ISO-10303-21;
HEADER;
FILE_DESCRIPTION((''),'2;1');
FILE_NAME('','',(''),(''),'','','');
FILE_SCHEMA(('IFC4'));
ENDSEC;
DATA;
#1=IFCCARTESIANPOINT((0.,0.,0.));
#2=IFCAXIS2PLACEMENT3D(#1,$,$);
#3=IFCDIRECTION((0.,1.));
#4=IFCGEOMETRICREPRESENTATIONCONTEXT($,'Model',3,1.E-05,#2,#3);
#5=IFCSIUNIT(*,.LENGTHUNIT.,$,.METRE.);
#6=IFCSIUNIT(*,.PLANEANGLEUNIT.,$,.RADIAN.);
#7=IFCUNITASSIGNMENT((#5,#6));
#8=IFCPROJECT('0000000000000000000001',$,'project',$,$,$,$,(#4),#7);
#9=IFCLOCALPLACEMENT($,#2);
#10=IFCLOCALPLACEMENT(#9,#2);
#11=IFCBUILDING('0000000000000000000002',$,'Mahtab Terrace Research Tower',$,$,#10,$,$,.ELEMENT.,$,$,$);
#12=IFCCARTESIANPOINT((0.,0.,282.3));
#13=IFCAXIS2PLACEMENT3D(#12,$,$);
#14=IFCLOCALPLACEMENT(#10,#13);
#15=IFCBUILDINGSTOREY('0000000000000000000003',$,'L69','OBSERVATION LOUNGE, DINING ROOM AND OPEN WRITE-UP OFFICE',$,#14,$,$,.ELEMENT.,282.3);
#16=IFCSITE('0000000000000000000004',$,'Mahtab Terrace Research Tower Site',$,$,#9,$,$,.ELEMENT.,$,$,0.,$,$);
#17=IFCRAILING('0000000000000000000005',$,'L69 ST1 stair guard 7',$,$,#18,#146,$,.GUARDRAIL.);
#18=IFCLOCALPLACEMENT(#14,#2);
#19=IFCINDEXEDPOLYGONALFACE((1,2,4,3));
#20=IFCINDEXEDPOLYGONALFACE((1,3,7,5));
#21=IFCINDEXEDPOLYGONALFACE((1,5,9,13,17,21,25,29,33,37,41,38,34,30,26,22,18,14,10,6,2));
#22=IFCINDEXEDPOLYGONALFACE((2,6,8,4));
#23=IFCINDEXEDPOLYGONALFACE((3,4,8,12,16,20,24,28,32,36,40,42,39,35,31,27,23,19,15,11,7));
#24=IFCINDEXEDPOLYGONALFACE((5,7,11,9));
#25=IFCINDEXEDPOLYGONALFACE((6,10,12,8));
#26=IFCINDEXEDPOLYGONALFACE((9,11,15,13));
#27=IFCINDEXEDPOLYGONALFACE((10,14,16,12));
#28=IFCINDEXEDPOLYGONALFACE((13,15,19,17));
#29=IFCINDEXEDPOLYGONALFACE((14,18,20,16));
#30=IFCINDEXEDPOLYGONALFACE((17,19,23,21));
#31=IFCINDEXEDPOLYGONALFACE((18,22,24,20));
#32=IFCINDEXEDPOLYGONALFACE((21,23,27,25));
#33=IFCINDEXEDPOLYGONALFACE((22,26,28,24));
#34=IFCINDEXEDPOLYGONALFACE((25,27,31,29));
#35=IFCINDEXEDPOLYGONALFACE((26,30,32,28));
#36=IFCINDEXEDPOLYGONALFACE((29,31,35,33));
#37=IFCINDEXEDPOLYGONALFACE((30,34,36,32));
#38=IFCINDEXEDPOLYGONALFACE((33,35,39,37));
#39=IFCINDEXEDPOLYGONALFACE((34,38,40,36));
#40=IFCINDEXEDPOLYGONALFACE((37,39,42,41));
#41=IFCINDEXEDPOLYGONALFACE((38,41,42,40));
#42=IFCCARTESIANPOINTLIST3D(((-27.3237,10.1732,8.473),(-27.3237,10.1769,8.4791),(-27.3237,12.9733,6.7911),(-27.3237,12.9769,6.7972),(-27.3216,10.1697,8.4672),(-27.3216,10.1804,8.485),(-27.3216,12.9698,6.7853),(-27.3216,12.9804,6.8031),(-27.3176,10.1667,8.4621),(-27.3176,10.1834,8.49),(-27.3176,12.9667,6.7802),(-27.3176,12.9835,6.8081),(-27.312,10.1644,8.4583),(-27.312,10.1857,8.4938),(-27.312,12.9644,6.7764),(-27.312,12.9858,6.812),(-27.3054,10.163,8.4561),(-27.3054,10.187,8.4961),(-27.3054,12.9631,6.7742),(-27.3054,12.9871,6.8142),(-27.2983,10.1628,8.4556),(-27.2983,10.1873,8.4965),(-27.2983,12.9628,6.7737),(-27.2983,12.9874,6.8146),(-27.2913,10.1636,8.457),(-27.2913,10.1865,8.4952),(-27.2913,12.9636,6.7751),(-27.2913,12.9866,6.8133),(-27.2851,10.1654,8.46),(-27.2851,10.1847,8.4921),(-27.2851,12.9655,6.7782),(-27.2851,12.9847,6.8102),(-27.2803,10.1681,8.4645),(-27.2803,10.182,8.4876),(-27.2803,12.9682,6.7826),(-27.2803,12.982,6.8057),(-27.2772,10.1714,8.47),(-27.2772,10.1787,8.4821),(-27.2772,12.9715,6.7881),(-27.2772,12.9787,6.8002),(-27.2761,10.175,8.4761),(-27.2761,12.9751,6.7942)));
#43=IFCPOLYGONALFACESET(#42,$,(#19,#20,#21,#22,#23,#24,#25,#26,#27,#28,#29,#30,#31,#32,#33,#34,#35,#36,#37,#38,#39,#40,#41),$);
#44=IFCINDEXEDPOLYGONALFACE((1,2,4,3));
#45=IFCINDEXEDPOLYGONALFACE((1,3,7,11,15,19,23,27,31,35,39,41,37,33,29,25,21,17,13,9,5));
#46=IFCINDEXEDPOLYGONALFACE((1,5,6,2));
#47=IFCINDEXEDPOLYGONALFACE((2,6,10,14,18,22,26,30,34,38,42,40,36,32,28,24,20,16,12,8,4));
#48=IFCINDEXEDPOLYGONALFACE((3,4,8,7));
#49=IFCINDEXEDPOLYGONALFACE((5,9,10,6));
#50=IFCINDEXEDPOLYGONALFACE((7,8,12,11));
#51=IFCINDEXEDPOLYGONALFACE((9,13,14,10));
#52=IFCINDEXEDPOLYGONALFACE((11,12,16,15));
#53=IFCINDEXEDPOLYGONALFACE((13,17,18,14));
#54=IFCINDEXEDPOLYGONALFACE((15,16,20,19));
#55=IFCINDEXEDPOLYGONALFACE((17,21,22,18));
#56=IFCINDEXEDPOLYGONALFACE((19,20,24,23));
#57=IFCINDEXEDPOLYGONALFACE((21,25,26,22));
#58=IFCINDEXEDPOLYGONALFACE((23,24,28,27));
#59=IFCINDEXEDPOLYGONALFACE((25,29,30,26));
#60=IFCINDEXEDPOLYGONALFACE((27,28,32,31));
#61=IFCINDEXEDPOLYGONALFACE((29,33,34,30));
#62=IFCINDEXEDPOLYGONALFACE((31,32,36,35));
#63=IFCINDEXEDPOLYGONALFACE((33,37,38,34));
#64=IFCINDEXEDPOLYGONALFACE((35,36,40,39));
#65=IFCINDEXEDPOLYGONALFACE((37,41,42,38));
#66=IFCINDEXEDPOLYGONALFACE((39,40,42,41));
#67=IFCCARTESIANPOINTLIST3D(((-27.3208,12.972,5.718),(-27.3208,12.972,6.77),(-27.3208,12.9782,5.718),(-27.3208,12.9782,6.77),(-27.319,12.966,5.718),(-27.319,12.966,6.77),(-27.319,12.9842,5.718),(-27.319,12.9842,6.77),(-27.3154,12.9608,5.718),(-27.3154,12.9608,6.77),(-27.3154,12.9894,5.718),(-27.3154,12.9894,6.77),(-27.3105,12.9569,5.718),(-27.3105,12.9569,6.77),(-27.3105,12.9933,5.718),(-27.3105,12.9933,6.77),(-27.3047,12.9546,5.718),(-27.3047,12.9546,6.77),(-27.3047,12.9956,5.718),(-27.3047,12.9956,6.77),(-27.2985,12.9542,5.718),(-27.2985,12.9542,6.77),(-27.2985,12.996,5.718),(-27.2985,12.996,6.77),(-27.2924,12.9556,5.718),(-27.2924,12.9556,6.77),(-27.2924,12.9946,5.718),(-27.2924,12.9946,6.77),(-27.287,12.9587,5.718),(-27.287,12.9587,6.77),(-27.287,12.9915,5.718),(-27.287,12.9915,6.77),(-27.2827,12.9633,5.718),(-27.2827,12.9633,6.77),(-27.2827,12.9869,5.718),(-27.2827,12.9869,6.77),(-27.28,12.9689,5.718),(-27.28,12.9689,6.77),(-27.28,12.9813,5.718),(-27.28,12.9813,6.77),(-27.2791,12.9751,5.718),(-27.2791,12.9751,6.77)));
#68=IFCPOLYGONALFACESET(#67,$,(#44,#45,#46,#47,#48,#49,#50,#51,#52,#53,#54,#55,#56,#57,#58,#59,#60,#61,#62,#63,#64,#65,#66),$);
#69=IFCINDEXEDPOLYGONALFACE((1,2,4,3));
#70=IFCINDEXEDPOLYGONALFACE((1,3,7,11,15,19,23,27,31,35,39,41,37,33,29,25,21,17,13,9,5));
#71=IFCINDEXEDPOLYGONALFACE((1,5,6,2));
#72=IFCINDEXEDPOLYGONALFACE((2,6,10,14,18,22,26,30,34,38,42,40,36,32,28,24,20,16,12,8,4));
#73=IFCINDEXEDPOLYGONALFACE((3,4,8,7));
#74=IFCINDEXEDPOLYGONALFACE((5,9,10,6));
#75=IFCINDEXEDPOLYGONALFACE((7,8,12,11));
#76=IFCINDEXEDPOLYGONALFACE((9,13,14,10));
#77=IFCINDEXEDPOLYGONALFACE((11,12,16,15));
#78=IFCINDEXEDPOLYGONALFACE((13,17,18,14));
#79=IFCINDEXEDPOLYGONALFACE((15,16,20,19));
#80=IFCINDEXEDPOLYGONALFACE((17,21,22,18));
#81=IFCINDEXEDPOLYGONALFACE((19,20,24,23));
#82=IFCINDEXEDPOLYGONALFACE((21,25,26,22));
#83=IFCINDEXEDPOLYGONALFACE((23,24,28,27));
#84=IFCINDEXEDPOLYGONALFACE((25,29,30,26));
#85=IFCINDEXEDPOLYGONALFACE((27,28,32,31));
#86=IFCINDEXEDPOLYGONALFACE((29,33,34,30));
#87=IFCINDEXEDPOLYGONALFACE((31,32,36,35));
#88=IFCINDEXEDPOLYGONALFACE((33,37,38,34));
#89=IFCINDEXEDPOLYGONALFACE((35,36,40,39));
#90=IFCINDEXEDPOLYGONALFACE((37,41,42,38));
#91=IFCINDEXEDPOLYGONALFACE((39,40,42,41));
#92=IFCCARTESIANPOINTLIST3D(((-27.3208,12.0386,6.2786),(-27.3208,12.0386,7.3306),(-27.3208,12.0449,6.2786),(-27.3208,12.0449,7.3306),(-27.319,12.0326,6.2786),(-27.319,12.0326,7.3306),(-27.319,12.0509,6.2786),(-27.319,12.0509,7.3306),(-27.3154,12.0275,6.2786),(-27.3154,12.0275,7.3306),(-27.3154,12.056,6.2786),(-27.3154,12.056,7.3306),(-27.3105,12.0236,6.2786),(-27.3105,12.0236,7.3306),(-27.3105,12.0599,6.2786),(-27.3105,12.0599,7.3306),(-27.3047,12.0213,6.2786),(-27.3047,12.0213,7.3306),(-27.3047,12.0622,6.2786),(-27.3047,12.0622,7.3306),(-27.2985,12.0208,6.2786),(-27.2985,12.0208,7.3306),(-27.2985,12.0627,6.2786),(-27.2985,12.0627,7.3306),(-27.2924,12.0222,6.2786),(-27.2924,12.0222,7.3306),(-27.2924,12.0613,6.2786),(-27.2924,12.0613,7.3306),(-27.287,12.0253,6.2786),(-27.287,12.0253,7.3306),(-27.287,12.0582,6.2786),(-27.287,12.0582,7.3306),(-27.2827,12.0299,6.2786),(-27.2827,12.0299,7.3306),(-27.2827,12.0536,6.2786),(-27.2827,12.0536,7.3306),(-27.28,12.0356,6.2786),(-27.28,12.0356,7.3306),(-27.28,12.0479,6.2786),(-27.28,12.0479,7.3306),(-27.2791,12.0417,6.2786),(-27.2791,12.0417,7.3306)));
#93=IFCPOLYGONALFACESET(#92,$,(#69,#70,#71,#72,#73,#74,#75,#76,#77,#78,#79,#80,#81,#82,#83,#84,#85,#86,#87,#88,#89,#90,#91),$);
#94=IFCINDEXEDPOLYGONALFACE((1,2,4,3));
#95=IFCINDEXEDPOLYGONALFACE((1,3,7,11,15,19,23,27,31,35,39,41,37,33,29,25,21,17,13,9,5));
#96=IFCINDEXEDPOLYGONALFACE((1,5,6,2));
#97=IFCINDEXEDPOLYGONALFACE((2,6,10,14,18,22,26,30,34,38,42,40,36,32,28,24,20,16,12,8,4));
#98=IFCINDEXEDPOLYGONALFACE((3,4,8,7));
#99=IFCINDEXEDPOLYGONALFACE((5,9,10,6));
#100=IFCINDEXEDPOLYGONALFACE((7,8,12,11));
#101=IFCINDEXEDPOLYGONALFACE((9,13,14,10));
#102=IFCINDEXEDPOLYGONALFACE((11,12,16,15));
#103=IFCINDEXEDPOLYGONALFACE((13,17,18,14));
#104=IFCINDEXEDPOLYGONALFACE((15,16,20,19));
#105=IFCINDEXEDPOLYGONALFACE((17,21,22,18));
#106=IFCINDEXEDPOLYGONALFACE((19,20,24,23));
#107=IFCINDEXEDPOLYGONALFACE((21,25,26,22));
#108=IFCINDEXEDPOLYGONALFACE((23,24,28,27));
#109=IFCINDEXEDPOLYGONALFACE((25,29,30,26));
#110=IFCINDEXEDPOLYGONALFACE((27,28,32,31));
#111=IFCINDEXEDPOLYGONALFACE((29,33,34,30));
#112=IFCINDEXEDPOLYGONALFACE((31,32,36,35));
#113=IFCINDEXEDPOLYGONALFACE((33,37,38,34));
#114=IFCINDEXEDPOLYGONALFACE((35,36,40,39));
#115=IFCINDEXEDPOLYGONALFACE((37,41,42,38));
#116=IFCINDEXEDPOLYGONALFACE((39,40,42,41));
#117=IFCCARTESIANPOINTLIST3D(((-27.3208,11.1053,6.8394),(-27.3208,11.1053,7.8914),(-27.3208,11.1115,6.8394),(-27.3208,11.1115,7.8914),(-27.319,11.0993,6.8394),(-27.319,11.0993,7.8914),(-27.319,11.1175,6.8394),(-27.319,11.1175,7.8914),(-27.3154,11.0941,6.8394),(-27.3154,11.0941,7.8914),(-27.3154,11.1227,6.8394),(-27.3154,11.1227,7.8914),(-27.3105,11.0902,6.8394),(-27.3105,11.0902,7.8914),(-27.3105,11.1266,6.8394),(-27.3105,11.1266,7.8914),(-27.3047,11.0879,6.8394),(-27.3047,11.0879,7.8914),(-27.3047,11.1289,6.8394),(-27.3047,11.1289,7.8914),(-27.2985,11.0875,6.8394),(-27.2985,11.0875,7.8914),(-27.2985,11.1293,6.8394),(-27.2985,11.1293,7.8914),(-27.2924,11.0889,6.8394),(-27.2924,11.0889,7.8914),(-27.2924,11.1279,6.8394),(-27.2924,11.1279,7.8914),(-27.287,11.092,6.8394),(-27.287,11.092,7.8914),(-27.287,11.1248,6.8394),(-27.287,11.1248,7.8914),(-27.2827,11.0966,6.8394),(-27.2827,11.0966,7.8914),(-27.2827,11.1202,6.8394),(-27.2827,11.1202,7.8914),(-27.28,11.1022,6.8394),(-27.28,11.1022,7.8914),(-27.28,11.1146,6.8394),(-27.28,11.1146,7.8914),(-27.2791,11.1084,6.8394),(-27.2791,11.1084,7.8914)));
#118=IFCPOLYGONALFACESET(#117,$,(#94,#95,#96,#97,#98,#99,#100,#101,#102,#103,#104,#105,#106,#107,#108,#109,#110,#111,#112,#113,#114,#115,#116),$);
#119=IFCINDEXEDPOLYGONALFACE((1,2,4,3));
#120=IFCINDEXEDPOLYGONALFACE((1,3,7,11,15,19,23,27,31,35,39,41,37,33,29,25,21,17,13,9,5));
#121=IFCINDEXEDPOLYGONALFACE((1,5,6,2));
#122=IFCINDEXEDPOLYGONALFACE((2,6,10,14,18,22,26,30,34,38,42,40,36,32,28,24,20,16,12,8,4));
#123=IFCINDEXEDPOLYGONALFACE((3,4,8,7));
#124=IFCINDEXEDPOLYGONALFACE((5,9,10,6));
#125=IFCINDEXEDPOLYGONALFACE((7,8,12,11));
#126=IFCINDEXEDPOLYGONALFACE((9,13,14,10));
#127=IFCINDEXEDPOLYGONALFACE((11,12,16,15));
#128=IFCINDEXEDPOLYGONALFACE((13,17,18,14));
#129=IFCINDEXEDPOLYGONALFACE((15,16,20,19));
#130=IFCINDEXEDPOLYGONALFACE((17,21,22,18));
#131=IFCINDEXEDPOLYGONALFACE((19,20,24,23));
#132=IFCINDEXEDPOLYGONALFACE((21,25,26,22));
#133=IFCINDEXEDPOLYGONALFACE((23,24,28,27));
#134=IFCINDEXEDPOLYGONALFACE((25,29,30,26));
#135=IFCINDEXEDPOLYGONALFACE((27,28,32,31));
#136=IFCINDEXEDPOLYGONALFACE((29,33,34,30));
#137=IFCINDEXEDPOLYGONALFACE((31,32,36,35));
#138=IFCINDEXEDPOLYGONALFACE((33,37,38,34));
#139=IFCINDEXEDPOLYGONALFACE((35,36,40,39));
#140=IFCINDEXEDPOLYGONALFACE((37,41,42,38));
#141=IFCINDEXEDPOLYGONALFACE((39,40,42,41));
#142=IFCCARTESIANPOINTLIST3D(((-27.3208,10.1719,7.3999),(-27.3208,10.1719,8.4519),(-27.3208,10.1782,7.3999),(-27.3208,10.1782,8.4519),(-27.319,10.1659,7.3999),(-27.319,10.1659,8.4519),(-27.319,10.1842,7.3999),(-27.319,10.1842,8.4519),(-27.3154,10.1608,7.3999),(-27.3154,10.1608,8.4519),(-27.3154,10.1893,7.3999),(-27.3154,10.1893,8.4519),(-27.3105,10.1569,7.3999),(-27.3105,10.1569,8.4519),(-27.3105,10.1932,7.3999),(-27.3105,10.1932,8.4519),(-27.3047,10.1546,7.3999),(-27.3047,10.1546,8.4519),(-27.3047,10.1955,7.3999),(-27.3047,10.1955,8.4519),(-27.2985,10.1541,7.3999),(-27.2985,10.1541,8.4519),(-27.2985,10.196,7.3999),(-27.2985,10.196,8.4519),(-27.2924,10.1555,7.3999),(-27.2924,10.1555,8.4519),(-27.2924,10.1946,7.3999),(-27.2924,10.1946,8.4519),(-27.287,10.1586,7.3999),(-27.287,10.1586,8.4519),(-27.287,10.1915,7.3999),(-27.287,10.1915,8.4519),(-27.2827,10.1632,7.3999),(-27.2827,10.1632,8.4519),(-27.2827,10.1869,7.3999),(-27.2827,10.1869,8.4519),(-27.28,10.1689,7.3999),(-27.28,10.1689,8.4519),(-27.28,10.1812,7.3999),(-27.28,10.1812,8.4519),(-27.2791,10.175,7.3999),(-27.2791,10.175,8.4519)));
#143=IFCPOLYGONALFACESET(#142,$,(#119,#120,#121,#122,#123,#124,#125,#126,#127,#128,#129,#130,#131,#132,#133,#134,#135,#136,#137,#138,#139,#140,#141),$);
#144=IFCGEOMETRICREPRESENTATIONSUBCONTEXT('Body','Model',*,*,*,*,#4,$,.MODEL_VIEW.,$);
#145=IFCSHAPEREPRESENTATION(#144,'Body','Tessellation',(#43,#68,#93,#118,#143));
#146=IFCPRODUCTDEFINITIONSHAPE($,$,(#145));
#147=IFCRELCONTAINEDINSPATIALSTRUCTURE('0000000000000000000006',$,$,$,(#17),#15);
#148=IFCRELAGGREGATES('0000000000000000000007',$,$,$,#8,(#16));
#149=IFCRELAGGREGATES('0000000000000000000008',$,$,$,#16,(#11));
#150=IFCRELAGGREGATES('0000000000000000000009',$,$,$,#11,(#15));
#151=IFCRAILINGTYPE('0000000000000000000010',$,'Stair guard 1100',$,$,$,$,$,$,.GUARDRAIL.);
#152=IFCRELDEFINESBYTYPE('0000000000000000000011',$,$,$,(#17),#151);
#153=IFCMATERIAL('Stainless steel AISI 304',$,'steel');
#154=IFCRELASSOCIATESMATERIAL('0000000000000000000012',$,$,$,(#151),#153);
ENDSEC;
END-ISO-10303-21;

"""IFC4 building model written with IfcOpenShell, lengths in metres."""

from ifc_helpers import new_model, si_unit, direction, frame, origin, origin_2d, place, context, subcontext, project, spatial, circle, extrude, material, type_object, element, save


model = new_model("IFC4")

# Units and contexts
model_context = context("Model", 3, precision=1e-05, world=origin(), true_north=direction((0.0, 1.0)))
body_context = subcontext(model_context, "Body", "Model", "MODEL_VIEW")
ifc_project = project(units=[si_unit("LENGTHUNIT", "METRE"), si_unit("PLANEANGLEUNIT", "RADIAN")], contexts=[model_context])

# Site, building, storey
site_placement = place(None, origin())
site = spatial("IfcSite", under=ifc_project, at=site_placement, Name="Mahtab Terrace Research Tower Site", CompositionType="ELEMENT", RefElevation=0.0)
building_placement = place(site_placement, origin())
building = spatial("IfcBuilding", under=site, at=building_placement, Name="Mahtab Terrace Research Tower", CompositionType="ELEMENT")
storey_placement = place(building_placement, frame((0.0, 0.0, 282.3)))
storey = spatial("IfcBuildingStorey", under=building, at=storey_placement, Name="L69", Description="OBSERVATION LOUNGE, DINING ROOM AND OPEN WRITE-UP OFFICE", CompositionType="ELEMENT", Elevation=282.3)

# Railing
ifc_material_1 = material(Name="Stainless steel AISI 304", Category="steel")
railing_type_1 = type_object("IfcRailingType", Name="Stair guard 1100", PredefinedType="GUARDRAIL", material=ifc_material_1)
railing_1_placement = place(storey_placement, frame((-27.3, 12.9751, 5.718)))
element("IfcRailing", 1, at=railing_1_placement, inside=storey, type_object=railing_type_1, Name="L69 ST1 stair guard 7", PredefinedType="GUARDRAIL", context=body_context, shape_type="SweptSolid", body=[
    extrude(circle(Radius=0.0239, at=origin_2d()), frame((0.0, 0.0, 1.0762), z_axis=(0.0, -0.857242, 0.514913), x_axis=(1.0, 0.0, 0.0)), (0.0, 0.0, 1.0), 3.2664),
    extrude(circle(Radius=0.021, at=origin_2d()), origin(), (0.0, 0.0, 1.0), 1.052),
    extrude(circle(Radius=0.021, at=origin_2d()), frame((0.0, -0.9333, 0.5605)), (0.0, 0.0, 1.0), 1.052),
    extrude(circle(Radius=0.021, at=origin_2d()), frame((0.0, -1.8667, 1.1213)), (0.0, 0.0, 1.0), 1.052),
    extrude(circle(Radius=0.021, at=origin_2d()), frame((0.0, -2.8, 1.6819)), (0.0, 0.0, 1.0), 1.052),
])

save(model, "model.ifc")
